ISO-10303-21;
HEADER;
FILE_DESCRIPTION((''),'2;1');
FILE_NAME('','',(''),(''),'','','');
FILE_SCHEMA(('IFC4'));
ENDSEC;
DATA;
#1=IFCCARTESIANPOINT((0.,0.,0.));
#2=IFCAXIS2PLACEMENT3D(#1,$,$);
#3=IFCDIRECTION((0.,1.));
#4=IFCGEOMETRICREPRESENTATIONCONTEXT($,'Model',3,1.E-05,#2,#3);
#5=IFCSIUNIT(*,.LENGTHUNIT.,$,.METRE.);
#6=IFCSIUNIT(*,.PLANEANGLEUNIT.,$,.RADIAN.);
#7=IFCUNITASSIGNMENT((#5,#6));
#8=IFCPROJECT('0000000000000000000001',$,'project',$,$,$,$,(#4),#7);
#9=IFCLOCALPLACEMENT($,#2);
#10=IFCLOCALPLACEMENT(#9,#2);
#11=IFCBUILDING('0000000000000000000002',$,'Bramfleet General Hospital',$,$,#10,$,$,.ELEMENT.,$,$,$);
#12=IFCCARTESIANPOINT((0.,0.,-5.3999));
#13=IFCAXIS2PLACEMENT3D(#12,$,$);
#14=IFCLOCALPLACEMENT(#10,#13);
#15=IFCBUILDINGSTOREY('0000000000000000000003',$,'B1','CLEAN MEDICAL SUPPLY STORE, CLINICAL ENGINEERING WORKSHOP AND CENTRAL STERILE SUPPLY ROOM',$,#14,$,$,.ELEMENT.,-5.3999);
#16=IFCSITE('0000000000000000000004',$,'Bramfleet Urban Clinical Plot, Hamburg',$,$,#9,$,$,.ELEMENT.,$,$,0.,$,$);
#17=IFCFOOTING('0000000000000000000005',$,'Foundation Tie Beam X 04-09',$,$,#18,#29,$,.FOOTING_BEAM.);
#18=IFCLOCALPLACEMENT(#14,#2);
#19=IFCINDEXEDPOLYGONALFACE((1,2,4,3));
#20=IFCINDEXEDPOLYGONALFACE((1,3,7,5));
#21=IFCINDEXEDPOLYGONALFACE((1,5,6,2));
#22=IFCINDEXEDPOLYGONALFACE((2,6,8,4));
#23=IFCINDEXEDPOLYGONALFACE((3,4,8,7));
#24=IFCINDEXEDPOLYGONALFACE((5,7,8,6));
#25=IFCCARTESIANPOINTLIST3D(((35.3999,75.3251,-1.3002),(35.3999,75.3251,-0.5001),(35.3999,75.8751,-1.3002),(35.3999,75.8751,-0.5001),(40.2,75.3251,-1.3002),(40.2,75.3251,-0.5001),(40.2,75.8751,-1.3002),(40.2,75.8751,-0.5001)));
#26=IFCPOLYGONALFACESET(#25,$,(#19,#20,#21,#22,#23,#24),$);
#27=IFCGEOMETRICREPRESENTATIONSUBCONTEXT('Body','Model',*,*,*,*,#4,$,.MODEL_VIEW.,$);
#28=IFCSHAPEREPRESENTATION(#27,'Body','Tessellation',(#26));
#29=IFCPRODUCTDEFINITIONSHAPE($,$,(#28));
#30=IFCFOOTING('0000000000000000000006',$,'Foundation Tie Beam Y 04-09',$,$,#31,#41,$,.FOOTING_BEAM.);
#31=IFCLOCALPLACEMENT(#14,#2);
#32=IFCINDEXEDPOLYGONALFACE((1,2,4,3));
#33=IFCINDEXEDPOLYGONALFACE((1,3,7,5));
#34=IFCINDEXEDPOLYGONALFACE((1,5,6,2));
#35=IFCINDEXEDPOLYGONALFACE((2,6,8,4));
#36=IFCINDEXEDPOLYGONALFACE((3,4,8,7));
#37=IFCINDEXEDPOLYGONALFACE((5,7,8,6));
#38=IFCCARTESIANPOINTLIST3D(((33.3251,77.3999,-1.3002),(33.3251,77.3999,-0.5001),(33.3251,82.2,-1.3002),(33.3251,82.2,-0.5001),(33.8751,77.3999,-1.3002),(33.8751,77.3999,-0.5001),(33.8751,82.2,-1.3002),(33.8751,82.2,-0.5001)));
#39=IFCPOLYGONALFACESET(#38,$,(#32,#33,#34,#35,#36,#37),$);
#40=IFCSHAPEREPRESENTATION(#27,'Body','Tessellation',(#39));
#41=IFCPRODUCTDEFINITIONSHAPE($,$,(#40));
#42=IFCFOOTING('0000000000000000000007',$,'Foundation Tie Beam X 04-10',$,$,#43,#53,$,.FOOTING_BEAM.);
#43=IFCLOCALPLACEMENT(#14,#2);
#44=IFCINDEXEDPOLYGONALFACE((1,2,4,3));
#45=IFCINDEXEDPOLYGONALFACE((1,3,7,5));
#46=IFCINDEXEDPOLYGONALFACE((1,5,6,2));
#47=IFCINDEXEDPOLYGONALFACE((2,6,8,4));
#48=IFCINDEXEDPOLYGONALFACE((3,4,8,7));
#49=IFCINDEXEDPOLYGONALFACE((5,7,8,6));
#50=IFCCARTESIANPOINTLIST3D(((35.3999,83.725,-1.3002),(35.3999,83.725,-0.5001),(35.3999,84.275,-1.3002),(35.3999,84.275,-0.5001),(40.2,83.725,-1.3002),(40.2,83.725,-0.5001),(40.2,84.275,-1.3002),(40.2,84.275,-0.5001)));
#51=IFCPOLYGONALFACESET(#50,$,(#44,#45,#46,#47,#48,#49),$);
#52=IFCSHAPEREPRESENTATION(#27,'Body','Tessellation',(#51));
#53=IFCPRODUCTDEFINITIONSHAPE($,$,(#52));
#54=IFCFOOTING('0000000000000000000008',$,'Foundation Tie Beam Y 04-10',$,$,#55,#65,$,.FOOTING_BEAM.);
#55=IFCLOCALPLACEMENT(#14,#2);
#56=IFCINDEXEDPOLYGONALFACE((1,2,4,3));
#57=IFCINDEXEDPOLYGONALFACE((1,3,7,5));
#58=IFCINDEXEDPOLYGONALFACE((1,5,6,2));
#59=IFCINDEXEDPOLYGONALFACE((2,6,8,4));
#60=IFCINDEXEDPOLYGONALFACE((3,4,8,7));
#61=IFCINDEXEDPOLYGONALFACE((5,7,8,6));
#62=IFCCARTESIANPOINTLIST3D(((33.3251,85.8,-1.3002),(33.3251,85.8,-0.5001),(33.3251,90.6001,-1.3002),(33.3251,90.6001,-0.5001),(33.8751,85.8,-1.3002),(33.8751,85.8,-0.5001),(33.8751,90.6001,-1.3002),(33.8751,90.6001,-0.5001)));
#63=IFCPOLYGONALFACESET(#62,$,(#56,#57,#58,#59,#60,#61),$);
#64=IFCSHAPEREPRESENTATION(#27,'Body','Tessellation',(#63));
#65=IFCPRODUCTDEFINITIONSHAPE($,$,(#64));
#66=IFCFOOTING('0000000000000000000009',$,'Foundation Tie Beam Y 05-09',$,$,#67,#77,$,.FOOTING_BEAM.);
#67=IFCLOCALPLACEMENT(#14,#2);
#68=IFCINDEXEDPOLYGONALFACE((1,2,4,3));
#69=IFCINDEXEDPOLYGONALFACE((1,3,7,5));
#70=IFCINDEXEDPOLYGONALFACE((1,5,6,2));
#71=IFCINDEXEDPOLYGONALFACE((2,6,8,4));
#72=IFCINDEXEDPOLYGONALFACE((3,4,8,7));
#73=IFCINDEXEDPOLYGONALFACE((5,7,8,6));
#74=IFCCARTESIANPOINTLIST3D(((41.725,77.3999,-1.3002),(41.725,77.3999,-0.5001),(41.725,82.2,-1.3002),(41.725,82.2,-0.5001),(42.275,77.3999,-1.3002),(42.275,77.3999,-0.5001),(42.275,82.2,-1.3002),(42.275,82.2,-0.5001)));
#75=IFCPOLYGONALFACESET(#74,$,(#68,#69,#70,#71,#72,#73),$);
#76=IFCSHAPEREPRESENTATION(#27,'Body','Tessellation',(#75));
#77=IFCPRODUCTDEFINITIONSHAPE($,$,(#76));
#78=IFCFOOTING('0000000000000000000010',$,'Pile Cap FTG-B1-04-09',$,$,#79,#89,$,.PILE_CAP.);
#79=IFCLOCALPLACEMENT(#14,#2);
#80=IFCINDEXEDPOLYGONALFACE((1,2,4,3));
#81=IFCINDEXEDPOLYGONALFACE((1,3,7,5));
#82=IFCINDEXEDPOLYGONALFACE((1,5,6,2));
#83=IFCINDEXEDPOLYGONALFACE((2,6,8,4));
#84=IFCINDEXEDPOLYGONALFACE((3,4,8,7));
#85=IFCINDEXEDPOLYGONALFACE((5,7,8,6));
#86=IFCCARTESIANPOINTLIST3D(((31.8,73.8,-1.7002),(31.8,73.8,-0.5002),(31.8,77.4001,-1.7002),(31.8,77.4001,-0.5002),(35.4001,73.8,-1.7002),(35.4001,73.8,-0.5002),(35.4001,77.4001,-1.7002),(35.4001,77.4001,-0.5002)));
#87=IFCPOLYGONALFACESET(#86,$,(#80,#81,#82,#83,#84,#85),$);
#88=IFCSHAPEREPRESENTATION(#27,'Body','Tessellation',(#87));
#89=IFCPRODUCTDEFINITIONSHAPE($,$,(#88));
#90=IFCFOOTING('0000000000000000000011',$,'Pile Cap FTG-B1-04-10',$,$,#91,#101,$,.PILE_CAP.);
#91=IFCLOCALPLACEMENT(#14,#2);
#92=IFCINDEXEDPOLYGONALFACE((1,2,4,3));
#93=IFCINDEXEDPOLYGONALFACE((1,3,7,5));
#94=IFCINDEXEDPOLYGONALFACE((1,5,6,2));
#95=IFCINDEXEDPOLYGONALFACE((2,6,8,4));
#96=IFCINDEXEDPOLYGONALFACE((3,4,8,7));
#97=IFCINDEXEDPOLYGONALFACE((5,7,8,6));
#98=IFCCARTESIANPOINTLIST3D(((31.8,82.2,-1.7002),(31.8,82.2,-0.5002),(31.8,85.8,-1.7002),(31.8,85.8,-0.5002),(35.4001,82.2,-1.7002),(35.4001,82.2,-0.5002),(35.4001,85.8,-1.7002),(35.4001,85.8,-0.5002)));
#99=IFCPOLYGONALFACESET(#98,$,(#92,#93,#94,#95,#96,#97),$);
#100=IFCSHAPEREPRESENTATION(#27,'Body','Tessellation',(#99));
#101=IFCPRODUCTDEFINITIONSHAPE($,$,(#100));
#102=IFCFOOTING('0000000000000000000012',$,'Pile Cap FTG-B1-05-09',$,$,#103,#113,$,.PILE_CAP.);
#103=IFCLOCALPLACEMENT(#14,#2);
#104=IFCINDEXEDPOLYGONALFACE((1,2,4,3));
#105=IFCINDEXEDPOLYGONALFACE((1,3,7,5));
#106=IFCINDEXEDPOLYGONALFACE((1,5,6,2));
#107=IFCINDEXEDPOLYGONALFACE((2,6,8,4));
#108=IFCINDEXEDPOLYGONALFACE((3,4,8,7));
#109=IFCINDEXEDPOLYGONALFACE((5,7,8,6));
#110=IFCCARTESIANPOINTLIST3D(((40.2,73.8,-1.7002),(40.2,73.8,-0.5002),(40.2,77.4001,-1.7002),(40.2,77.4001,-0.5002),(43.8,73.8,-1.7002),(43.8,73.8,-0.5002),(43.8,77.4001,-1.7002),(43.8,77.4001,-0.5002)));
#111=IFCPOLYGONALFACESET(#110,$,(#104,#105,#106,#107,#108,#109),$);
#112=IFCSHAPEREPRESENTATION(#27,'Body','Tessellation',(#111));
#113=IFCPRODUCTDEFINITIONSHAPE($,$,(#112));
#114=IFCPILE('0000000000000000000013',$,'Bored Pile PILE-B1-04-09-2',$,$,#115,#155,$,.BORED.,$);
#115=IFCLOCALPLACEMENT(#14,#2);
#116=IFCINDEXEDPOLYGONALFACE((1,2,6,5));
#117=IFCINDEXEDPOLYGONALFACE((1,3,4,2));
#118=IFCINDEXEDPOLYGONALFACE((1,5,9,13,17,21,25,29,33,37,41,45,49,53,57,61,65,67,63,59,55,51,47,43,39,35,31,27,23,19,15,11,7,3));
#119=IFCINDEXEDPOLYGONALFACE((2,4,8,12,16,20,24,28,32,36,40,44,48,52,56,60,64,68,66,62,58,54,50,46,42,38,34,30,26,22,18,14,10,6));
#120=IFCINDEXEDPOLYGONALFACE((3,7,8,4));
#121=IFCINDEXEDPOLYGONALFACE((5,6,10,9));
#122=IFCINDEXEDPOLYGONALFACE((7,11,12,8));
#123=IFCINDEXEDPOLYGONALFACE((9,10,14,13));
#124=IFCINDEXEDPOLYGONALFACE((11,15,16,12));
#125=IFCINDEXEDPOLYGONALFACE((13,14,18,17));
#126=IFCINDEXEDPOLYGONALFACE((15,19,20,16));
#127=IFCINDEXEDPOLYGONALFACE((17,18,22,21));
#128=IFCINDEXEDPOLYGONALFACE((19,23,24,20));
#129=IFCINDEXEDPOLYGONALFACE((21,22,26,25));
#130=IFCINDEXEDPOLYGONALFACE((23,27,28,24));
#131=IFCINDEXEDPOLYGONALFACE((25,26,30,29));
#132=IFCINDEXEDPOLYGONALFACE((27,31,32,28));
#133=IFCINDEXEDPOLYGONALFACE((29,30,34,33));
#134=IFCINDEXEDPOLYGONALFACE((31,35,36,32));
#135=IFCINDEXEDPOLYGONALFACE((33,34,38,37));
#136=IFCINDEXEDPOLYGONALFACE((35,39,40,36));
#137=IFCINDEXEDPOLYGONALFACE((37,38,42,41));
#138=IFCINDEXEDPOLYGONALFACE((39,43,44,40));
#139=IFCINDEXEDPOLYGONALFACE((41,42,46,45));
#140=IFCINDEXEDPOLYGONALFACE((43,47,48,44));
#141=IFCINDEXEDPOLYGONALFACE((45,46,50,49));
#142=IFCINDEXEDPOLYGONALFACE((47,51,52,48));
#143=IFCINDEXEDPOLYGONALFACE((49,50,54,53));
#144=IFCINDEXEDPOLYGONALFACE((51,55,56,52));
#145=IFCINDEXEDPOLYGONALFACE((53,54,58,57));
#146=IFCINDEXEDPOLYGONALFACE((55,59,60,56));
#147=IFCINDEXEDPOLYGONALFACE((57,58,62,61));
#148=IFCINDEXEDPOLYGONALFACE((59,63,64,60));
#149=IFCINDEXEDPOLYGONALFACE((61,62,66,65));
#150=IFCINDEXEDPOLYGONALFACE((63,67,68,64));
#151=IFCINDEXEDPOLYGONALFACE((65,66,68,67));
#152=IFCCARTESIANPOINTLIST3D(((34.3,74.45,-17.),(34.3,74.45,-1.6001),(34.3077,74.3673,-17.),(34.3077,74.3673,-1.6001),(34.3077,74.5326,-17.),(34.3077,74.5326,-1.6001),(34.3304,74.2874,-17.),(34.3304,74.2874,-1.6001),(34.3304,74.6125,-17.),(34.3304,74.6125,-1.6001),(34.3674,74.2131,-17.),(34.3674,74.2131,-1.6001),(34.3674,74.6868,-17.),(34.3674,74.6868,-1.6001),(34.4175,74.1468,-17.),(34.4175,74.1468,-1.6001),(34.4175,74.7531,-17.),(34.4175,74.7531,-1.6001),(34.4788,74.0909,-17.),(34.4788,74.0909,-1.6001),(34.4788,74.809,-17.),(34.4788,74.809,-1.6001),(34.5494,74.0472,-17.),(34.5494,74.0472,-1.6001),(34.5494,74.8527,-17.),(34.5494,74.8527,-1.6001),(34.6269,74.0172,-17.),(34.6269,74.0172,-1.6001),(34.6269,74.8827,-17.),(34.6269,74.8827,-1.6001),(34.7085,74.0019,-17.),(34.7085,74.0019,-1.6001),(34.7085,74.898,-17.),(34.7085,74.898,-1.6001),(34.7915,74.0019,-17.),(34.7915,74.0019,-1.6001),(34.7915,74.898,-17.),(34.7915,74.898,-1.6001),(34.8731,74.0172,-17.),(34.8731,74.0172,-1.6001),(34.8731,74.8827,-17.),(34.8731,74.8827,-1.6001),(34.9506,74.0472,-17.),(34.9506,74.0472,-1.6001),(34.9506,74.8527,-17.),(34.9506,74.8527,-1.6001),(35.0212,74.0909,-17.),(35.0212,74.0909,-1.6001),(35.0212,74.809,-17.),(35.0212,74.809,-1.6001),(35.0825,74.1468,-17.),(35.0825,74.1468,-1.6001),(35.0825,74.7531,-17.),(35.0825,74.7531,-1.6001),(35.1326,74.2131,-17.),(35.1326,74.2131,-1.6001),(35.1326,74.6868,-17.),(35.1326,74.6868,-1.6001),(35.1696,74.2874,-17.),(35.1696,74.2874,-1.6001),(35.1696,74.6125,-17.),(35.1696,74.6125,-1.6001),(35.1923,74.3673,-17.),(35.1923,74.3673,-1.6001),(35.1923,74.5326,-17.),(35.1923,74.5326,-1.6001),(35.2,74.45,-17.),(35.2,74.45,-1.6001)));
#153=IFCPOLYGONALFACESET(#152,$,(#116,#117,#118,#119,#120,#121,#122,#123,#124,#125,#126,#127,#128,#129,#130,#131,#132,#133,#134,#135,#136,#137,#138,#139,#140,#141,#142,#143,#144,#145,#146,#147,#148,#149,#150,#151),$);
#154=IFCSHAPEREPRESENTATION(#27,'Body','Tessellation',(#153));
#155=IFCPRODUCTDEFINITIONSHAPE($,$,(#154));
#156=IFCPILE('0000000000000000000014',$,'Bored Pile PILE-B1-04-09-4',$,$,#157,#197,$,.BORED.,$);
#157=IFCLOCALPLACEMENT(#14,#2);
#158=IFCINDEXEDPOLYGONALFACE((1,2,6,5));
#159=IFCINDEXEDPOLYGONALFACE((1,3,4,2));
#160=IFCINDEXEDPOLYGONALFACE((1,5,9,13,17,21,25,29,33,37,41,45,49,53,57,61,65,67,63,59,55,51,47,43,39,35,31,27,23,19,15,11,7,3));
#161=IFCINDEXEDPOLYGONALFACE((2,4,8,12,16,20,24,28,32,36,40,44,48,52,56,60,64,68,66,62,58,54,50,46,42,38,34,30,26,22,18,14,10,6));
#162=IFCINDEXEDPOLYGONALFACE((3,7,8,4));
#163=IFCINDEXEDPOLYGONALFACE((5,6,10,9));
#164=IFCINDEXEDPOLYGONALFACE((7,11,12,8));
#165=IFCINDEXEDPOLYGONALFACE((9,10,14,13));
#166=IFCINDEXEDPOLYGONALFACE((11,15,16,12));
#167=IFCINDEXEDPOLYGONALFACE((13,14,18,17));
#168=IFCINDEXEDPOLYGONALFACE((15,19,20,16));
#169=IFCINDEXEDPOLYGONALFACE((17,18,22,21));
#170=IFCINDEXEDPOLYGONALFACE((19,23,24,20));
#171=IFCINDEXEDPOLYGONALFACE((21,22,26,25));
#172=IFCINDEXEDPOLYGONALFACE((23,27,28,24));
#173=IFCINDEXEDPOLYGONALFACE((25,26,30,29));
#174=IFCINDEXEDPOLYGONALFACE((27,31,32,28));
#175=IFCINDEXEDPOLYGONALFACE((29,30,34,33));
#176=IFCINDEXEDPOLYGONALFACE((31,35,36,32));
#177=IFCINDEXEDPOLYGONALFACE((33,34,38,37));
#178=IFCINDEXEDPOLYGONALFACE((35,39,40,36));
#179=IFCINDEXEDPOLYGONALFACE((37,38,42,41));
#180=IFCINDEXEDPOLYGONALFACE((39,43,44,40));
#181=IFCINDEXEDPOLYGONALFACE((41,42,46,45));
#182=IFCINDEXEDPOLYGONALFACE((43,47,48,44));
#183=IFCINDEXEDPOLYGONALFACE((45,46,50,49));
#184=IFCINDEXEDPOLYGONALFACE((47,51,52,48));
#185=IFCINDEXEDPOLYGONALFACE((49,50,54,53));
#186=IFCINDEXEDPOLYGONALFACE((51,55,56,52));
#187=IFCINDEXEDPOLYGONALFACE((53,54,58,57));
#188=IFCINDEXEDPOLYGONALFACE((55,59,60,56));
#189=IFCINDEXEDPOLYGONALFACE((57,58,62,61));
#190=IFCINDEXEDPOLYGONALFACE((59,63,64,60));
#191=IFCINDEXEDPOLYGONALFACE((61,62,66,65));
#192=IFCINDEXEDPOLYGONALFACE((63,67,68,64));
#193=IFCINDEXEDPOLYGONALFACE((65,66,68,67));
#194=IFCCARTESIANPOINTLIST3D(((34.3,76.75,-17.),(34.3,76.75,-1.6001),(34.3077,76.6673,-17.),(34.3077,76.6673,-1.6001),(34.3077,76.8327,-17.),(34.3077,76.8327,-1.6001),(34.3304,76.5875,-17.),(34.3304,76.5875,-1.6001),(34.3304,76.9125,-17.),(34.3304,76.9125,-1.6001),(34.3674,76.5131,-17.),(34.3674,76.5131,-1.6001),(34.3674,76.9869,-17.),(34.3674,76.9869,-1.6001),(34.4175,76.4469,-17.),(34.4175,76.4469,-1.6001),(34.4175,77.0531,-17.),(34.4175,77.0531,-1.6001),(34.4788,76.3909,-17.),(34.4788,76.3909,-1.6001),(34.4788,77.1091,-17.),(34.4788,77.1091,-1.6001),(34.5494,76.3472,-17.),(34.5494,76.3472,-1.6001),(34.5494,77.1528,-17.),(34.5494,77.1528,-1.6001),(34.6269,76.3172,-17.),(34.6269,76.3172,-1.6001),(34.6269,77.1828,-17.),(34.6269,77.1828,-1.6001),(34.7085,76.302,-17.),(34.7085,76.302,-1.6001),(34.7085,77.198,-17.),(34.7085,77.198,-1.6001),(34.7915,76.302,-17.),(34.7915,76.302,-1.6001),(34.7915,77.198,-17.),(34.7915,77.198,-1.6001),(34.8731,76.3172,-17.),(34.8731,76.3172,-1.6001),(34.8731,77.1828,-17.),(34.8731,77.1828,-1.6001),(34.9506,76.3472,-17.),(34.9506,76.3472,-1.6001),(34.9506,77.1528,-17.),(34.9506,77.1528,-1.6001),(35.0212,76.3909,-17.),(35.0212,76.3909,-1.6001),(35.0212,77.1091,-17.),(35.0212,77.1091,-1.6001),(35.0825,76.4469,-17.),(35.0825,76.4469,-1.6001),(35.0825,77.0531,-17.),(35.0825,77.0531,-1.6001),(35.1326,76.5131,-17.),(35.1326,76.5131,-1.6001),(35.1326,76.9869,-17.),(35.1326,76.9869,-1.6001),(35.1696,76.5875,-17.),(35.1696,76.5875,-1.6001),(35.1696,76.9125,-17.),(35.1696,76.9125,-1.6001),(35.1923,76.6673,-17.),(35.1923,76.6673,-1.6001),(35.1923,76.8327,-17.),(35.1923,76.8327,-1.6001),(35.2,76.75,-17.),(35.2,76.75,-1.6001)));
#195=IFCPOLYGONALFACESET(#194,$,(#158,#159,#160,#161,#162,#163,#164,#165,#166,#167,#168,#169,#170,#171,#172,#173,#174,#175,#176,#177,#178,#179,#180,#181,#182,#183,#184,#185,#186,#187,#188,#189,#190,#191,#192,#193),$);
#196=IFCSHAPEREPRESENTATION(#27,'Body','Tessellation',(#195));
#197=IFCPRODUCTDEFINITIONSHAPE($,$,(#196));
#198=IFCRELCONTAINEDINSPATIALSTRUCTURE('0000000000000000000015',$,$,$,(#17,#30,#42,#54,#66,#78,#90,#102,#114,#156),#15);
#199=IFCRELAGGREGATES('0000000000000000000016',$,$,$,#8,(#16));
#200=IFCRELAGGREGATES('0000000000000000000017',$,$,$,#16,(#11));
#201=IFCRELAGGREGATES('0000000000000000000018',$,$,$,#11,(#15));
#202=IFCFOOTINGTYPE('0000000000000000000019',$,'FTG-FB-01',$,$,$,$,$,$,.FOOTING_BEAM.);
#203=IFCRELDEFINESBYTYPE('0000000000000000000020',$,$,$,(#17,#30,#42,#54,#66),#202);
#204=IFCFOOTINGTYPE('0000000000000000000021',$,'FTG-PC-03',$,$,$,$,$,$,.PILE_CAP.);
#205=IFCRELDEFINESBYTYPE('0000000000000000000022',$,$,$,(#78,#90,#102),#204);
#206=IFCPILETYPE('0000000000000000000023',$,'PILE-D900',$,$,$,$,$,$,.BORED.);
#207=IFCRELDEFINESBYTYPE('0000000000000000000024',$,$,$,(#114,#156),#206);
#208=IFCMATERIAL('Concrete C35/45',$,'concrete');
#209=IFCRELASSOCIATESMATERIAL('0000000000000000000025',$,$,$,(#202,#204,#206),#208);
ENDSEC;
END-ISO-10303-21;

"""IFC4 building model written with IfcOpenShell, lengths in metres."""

from ifc_helpers import new_model, si_unit, direction, frame, origin, origin_2d, place, context, subcontext, project, spatial, rectangle, circle, extrude, material, material_profile, profile_set, type_object, element, save


model = new_model("IFC4")

# Units and contexts
model_context = context("Model", 3, precision=1e-05, world=origin(), true_north=direction((0.0, 1.0)))
body_context = subcontext(model_context, "Body", "Model", "MODEL_VIEW")
ifc_project = project(units=[si_unit("LENGTHUNIT", "METRE"), si_unit("PLANEANGLEUNIT", "RADIAN")], contexts=[model_context])

# Site, building, storey
site_placement = place(None, origin())
site = spatial("IfcSite", under=ifc_project, at=site_placement, Name="Bramfleet Urban Clinical Plot, Hamburg", CompositionType="ELEMENT", RefElevation=0.0)
building_placement = place(site_placement, origin())
building = spatial("IfcBuilding", under=site, at=building_placement, Name="Bramfleet General Hospital", CompositionType="ELEMENT")
storey_placement = place(building_placement, frame((0.0, 0.0, -5.3999)))
storey = spatial("IfcBuildingStorey", under=building, at=storey_placement, Name="B1", Description="CLEAN MEDICAL SUPPLY STORE, CLINICAL ENGINEERING WORKSHOP AND CENTRAL STERILE SUPPLY ROOM", CompositionType="ELEMENT", Elevation=-5.3999)

# Footings
ifc_material_1 = material(Name="Concrete C35/45", Category="concrete")
ifc_material_profile_1 = material_profile(ifc_material_1, rectangle(XDim=0.55, YDim=0.8, at=origin_2d()), Name="RC FB 800x550")
ifc_profile_set_1 = profile_set([ifc_material_profile_1], Name="Concrete C35/45")
footing_type_1 = type_object("IfcFootingType", Name="FTG-FB-01", PredefinedType="FOOTING_BEAM", material=ifc_profile_set_1)
for number, where, z_axis, x_axis, name in (
    (1, (35.3999, 75.6001, -0.9001), (1.0, 0.0, 0.0), (0.0, 1.0, 0.0), "Foundation Tie Beam X 04-09"),
    (2, (33.6001, 77.3999, -0.9001), (0.0, 1.0, 0.0), (-1.0, 0.0, 0.0), "Foundation Tie Beam Y 04-09"),
    (3, (35.3999, 84.0, -0.9001), (1.0, 0.0, 0.0), (0.0, 1.0, 0.0), "Foundation Tie Beam X 04-10"),
    (4, (33.6001, 85.8, -0.9001), (0.0, 1.0, 0.0), (-1.0, 0.0, 0.0), "Foundation Tie Beam Y 04-10"),
    (5, (42.0, 77.3999, -0.9001), (0.0, 1.0, 0.0), (-1.0, 0.0, 0.0), "Foundation Tie Beam Y 05-09"),
):
    element("IfcFooting", number, at=place(storey_placement, frame(where, z_axis=z_axis, x_axis=x_axis)), inside=storey, type_object=footing_type_1, Name=name, PredefinedType="FOOTING_BEAM", context=body_context, shape_type="SweptSolid", body=[
        extrude(rectangle(XDim=0.55, YDim=0.8, at=origin_2d()), origin(), (0.0, 0.0, 1.0), 4.8),
    ])
footing_type_2 = type_object("IfcFootingType", Name="FTG-PC-03", PredefinedType="PILE_CAP", material=ifc_material_1)
for number, where, z_axis, x_axis, name in (
    (6, (33.6001, 75.6001, -1.7002), (0.0, 0.0, 1.0), (1.0, 0.0, 0.0), "Pile Cap FTG-B1-04-09"),
    (7, (33.6001, 84.0, -1.7002), (0.0, 0.0, 1.0), (1.0, 0.0, 0.0), "Pile Cap FTG-B1-04-10"),
    (8, (42.0, 75.6001, -1.7002), (0.0, 0.0, 1.0), (1.0, 0.0, 0.0), "Pile Cap FTG-B1-05-09"),
):
    element("IfcFooting", number, at=place(storey_placement, frame(where, z_axis=z_axis, x_axis=x_axis)), inside=storey, type_object=footing_type_2, Name=name, PredefinedType="PILE_CAP", context=body_context, shape_type="SweptSolid", body=[
        extrude(rectangle(XDim=3.6001, YDim=3.6001, at=origin_2d()), origin(), (0.0, 0.0, 1.0), 1.2),
    ])

# Piles
ifc_material_profile_2 = material_profile(ifc_material_1, circle(Radius=0.45, at=origin_2d()), Name="PILE BORED D900")
ifc_profile_set_2 = profile_set([ifc_material_profile_2], Name="Concrete C35/45")
pile_type = type_object("IfcPileType", Name="PILE-D900", PredefinedType="BORED", material=ifc_profile_set_2)
for number, where, z_axis, x_axis, name in (
    (9, (34.75, 74.45, -1.6001), (0.0, 0.0, -1.0), (1.0, 0.0, 0.0), "Bored Pile PILE-B1-04-09-2"),
    (10, (34.75, 76.75, -1.6001), (0.0, 0.0, -1.0), (1.0, 0.0, 0.0), "Bored Pile PILE-B1-04-09-4"),
):
    element("IfcPile", number, at=place(storey_placement, frame(where, z_axis=z_axis, x_axis=x_axis)), inside=storey, type_object=pile_type, Name=name, PredefinedType="BORED", context=body_context, shape_type="SweptSolid", body=[
        extrude(circle(Radius=0.45, at=origin_2d()), origin(), (0.0, 0.0, 1.0), 15.3999),
    ])

save(model, "model.ifc")
